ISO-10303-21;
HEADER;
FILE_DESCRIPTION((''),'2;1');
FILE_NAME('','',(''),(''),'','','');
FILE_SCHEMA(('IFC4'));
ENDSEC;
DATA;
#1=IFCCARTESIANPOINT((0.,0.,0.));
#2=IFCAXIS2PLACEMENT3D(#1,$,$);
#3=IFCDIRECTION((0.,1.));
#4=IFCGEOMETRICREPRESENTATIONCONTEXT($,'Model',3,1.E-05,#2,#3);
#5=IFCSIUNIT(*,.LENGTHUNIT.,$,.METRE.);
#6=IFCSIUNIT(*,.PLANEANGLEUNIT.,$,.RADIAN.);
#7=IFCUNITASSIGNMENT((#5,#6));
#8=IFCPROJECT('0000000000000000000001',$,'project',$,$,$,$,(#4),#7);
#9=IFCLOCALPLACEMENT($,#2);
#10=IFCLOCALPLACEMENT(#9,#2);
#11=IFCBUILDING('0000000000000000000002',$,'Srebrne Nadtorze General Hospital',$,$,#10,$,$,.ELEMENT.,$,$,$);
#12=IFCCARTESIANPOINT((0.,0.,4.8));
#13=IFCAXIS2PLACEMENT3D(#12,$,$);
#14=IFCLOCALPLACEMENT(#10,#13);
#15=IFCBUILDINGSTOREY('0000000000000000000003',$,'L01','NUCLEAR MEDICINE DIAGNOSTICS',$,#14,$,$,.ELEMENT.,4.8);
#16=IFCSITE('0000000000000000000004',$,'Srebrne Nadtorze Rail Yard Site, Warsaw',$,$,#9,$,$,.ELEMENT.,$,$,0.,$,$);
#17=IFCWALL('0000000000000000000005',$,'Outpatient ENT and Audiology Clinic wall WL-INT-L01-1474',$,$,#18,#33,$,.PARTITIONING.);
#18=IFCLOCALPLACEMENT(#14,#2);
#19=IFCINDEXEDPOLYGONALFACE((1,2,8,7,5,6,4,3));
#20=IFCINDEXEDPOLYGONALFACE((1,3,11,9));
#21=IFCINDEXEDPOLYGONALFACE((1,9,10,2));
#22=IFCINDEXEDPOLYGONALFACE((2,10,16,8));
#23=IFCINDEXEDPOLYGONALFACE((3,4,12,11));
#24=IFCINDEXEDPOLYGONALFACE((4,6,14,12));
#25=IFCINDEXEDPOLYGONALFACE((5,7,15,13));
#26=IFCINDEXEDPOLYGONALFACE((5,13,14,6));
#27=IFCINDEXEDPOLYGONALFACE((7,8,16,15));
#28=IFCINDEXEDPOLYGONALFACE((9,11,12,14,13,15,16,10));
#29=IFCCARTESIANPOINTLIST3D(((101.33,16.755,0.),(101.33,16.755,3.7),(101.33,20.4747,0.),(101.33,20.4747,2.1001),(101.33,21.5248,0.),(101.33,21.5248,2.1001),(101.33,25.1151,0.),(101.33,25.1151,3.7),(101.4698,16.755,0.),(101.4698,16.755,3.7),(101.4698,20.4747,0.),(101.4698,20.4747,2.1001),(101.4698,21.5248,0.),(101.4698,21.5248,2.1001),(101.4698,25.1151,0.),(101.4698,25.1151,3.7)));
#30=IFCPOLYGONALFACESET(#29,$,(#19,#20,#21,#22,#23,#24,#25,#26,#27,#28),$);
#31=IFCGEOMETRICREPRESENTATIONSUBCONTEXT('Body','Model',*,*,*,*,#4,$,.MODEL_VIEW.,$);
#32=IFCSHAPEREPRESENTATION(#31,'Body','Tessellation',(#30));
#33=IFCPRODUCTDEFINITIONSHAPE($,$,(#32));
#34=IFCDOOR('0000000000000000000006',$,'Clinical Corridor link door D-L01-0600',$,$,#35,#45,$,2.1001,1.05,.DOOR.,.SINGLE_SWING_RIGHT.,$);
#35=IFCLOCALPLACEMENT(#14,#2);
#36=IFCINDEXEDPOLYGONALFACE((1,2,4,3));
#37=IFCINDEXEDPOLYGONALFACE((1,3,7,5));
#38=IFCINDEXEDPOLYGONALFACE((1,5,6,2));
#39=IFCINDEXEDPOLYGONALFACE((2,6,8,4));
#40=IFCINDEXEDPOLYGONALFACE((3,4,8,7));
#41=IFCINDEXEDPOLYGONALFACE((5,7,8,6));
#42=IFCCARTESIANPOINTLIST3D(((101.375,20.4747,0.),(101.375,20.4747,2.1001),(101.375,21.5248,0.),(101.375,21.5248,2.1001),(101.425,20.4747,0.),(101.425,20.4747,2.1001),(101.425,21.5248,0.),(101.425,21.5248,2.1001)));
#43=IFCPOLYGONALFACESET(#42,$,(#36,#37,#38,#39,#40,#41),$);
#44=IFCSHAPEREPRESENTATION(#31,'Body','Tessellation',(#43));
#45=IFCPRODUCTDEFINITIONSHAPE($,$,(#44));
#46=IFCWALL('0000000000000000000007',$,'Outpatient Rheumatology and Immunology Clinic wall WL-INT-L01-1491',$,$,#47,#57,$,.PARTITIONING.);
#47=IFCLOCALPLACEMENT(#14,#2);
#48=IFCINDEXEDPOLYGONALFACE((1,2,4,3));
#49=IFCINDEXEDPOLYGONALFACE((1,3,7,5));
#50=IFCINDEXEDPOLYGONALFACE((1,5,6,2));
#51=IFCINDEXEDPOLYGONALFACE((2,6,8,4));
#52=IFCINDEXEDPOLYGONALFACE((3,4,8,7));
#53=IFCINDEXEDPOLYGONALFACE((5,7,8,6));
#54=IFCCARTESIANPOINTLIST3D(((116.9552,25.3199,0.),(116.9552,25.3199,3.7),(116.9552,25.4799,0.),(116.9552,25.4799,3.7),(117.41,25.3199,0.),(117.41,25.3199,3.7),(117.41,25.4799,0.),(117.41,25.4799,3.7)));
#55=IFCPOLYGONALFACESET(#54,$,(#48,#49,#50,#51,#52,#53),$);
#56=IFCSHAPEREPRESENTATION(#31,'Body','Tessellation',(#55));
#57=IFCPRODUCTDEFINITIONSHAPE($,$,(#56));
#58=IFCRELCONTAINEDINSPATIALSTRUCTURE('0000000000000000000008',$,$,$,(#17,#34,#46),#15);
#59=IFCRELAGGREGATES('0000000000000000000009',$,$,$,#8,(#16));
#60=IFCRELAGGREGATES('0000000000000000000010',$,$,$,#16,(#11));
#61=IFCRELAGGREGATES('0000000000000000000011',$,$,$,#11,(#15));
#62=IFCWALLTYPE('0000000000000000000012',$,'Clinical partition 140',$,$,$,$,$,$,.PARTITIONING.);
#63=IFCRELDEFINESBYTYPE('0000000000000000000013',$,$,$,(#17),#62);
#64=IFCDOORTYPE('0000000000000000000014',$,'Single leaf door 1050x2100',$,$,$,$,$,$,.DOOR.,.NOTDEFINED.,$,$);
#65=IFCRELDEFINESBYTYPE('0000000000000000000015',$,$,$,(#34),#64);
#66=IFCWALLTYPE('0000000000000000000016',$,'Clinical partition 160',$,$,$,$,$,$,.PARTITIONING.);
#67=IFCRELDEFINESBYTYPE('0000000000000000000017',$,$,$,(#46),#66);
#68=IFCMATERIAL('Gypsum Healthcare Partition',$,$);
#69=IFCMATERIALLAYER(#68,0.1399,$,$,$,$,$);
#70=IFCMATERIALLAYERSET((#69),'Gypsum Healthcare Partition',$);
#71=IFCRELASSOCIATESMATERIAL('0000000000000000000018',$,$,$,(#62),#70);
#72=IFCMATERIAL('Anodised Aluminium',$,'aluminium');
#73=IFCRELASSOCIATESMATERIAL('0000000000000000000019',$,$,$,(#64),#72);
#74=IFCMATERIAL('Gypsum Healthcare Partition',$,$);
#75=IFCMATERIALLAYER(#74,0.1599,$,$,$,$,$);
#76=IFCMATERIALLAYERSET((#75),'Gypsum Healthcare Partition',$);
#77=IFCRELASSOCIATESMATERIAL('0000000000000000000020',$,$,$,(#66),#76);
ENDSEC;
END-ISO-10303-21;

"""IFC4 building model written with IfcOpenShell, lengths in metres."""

from ifc_helpers import new_model, si_unit, direction, frame, frame_2d, origin, place, context, subcontext, project, spatial, rectangle, extrude, material, layer, layer_set, type_object, element, fill, save


model = new_model("IFC4")

# Units and contexts
model_context = context("Model", 3, precision=1e-05, world=origin(), true_north=direction((0.0, 1.0)))
body_context = subcontext(model_context, "Body", "Model", "MODEL_VIEW")
ifc_project = project(units=[si_unit("LENGTHUNIT", "METRE"), si_unit("PLANEANGLEUNIT", "RADIAN")], contexts=[model_context])

# Site, building, storey
site_placement = place(None, origin())
site = spatial("IfcSite", under=ifc_project, at=site_placement, Name="Srebrne Nadtorze Rail Yard Site, Warsaw", CompositionType="ELEMENT", RefElevation=0.0)
building_placement = place(site_placement, origin())
building = spatial("IfcBuilding", under=site, at=building_placement, Name="Srebrne Nadtorze General Hospital", CompositionType="ELEMENT")
storey_placement = place(building_placement, frame((0.0, 0.0, 4.8)))
storey = spatial("IfcBuildingStorey", under=building, at=storey_placement, Name="L01", Description="NUCLEAR MEDICINE DIAGNOSTICS", CompositionType="ELEMENT", Elevation=4.8)

# Wall, opening, door
ifc_material_1 = material(Name="Gypsum Healthcare Partition")
ifc_layer_1 = layer(ifc_material_1, 0.1399)
ifc_layer_set_1 = layer_set([ifc_layer_1], Name="Gypsum Healthcare Partition")
wall_type_1 = type_object("IfcWallType", Name="Clinical partition 140", PredefinedType="PARTITIONING", material=ifc_layer_set_1)
wall_1_placement = place(storey_placement, frame((101.3999, 16.7549, 0.0), z_axis=(0.0, 0.0, 1.0), x_axis=(0.0, 1.0, 0.0)))
wall_1 = element("IfcWall", 1, at=wall_1_placement, inside=storey, type_object=wall_type_1, Name="Outpatient ENT and Audiology Clinic wall WL-INT-L01-1474", PredefinedType="PARTITIONING", context=body_context, shape_type="SweptSolid", body=[
    extrude(rectangle(XDim=8.3601, YDim=0.1399, at=frame_2d((4.1802, 0.0))), origin(), (0.0, 0.0, 1.0), 3.7),
])
opening_1_placement = place(wall_1_placement, frame((3.72, 0.0, 0.0)))
opening_1 = element("IfcOpeningElement", 2, at=opening_1_placement, cuts=wall_1, PredefinedType="OPENING", context=body_context, shape_type="SweptSolid", body=[
    extrude(rectangle(XDim=1.05, YDim=2.1001, at=frame_2d((0.5249, 1.05))), frame((0.0, 0.082, 0.0), z_axis=(0.0, -1.0, 0.0), x_axis=(1.0, 0.0, 0.0)), (0.0, 0.0, 1.0), 0.1638),
])
ifc_material_2 = material(Name="Anodised Aluminium", Category="aluminium")
door_type_1 = type_object("IfcDoorType", Name="Single leaf door 1050x2100", OperationType="NOTDEFINED", PredefinedType="DOOR", material=ifc_material_2)
door_1_placement = place(opening_1_placement, origin())
door_1 = element("IfcDoor", 3, at=door_1_placement, inside=storey, type_object=door_type_1, Name="Clinical Corridor link door D-L01-0600", OperationType="SINGLE_SWING_RIGHT", OverallHeight=2.1001, OverallWidth=1.05, PredefinedType="DOOR", context=body_context, shape_type="SweptSolid", body=[
    extrude(rectangle(XDim=1.05, YDim=2.1001, at=frame_2d((0.5249, 1.05))), frame((0.0, 0.0249, 0.0), z_axis=(0.0, -1.0, 0.0), x_axis=(1.0, 0.0, 0.0)), (0.0, 0.0, 1.0), 0.05),
])
fill(opening_1, door_1)

# Wall
ifc_material_3 = material(Name="Gypsum Healthcare Partition")
ifc_layer_2 = layer(ifc_material_3, 0.1599)
ifc_layer_set_2 = layer_set([ifc_layer_2], Name="Gypsum Healthcare Partition")
wall_type_2 = type_object("IfcWallType", Name="Clinical partition 160", PredefinedType="PARTITIONING", material=ifc_layer_set_2)
wall_2_placement = place(storey_placement, frame((116.9551, 25.3999, 0.0), z_axis=(0.0, 0.0, 1.0), x_axis=(1.0, 0.0, 0.0)))
element("IfcWall", 4, at=wall_2_placement, inside=storey, type_object=wall_type_2, Name="Outpatient Rheumatology and Immunology Clinic wall WL-INT-L01-1491", PredefinedType="PARTITIONING", context=body_context, shape_type="SweptSolid", body=[
    extrude(rectangle(XDim=0.4548, YDim=0.1599, at=frame_2d((0.2275, 0.0))), origin(), (0.0, 0.0, 1.0), 3.7),
])

save(model, "model.ifc")
